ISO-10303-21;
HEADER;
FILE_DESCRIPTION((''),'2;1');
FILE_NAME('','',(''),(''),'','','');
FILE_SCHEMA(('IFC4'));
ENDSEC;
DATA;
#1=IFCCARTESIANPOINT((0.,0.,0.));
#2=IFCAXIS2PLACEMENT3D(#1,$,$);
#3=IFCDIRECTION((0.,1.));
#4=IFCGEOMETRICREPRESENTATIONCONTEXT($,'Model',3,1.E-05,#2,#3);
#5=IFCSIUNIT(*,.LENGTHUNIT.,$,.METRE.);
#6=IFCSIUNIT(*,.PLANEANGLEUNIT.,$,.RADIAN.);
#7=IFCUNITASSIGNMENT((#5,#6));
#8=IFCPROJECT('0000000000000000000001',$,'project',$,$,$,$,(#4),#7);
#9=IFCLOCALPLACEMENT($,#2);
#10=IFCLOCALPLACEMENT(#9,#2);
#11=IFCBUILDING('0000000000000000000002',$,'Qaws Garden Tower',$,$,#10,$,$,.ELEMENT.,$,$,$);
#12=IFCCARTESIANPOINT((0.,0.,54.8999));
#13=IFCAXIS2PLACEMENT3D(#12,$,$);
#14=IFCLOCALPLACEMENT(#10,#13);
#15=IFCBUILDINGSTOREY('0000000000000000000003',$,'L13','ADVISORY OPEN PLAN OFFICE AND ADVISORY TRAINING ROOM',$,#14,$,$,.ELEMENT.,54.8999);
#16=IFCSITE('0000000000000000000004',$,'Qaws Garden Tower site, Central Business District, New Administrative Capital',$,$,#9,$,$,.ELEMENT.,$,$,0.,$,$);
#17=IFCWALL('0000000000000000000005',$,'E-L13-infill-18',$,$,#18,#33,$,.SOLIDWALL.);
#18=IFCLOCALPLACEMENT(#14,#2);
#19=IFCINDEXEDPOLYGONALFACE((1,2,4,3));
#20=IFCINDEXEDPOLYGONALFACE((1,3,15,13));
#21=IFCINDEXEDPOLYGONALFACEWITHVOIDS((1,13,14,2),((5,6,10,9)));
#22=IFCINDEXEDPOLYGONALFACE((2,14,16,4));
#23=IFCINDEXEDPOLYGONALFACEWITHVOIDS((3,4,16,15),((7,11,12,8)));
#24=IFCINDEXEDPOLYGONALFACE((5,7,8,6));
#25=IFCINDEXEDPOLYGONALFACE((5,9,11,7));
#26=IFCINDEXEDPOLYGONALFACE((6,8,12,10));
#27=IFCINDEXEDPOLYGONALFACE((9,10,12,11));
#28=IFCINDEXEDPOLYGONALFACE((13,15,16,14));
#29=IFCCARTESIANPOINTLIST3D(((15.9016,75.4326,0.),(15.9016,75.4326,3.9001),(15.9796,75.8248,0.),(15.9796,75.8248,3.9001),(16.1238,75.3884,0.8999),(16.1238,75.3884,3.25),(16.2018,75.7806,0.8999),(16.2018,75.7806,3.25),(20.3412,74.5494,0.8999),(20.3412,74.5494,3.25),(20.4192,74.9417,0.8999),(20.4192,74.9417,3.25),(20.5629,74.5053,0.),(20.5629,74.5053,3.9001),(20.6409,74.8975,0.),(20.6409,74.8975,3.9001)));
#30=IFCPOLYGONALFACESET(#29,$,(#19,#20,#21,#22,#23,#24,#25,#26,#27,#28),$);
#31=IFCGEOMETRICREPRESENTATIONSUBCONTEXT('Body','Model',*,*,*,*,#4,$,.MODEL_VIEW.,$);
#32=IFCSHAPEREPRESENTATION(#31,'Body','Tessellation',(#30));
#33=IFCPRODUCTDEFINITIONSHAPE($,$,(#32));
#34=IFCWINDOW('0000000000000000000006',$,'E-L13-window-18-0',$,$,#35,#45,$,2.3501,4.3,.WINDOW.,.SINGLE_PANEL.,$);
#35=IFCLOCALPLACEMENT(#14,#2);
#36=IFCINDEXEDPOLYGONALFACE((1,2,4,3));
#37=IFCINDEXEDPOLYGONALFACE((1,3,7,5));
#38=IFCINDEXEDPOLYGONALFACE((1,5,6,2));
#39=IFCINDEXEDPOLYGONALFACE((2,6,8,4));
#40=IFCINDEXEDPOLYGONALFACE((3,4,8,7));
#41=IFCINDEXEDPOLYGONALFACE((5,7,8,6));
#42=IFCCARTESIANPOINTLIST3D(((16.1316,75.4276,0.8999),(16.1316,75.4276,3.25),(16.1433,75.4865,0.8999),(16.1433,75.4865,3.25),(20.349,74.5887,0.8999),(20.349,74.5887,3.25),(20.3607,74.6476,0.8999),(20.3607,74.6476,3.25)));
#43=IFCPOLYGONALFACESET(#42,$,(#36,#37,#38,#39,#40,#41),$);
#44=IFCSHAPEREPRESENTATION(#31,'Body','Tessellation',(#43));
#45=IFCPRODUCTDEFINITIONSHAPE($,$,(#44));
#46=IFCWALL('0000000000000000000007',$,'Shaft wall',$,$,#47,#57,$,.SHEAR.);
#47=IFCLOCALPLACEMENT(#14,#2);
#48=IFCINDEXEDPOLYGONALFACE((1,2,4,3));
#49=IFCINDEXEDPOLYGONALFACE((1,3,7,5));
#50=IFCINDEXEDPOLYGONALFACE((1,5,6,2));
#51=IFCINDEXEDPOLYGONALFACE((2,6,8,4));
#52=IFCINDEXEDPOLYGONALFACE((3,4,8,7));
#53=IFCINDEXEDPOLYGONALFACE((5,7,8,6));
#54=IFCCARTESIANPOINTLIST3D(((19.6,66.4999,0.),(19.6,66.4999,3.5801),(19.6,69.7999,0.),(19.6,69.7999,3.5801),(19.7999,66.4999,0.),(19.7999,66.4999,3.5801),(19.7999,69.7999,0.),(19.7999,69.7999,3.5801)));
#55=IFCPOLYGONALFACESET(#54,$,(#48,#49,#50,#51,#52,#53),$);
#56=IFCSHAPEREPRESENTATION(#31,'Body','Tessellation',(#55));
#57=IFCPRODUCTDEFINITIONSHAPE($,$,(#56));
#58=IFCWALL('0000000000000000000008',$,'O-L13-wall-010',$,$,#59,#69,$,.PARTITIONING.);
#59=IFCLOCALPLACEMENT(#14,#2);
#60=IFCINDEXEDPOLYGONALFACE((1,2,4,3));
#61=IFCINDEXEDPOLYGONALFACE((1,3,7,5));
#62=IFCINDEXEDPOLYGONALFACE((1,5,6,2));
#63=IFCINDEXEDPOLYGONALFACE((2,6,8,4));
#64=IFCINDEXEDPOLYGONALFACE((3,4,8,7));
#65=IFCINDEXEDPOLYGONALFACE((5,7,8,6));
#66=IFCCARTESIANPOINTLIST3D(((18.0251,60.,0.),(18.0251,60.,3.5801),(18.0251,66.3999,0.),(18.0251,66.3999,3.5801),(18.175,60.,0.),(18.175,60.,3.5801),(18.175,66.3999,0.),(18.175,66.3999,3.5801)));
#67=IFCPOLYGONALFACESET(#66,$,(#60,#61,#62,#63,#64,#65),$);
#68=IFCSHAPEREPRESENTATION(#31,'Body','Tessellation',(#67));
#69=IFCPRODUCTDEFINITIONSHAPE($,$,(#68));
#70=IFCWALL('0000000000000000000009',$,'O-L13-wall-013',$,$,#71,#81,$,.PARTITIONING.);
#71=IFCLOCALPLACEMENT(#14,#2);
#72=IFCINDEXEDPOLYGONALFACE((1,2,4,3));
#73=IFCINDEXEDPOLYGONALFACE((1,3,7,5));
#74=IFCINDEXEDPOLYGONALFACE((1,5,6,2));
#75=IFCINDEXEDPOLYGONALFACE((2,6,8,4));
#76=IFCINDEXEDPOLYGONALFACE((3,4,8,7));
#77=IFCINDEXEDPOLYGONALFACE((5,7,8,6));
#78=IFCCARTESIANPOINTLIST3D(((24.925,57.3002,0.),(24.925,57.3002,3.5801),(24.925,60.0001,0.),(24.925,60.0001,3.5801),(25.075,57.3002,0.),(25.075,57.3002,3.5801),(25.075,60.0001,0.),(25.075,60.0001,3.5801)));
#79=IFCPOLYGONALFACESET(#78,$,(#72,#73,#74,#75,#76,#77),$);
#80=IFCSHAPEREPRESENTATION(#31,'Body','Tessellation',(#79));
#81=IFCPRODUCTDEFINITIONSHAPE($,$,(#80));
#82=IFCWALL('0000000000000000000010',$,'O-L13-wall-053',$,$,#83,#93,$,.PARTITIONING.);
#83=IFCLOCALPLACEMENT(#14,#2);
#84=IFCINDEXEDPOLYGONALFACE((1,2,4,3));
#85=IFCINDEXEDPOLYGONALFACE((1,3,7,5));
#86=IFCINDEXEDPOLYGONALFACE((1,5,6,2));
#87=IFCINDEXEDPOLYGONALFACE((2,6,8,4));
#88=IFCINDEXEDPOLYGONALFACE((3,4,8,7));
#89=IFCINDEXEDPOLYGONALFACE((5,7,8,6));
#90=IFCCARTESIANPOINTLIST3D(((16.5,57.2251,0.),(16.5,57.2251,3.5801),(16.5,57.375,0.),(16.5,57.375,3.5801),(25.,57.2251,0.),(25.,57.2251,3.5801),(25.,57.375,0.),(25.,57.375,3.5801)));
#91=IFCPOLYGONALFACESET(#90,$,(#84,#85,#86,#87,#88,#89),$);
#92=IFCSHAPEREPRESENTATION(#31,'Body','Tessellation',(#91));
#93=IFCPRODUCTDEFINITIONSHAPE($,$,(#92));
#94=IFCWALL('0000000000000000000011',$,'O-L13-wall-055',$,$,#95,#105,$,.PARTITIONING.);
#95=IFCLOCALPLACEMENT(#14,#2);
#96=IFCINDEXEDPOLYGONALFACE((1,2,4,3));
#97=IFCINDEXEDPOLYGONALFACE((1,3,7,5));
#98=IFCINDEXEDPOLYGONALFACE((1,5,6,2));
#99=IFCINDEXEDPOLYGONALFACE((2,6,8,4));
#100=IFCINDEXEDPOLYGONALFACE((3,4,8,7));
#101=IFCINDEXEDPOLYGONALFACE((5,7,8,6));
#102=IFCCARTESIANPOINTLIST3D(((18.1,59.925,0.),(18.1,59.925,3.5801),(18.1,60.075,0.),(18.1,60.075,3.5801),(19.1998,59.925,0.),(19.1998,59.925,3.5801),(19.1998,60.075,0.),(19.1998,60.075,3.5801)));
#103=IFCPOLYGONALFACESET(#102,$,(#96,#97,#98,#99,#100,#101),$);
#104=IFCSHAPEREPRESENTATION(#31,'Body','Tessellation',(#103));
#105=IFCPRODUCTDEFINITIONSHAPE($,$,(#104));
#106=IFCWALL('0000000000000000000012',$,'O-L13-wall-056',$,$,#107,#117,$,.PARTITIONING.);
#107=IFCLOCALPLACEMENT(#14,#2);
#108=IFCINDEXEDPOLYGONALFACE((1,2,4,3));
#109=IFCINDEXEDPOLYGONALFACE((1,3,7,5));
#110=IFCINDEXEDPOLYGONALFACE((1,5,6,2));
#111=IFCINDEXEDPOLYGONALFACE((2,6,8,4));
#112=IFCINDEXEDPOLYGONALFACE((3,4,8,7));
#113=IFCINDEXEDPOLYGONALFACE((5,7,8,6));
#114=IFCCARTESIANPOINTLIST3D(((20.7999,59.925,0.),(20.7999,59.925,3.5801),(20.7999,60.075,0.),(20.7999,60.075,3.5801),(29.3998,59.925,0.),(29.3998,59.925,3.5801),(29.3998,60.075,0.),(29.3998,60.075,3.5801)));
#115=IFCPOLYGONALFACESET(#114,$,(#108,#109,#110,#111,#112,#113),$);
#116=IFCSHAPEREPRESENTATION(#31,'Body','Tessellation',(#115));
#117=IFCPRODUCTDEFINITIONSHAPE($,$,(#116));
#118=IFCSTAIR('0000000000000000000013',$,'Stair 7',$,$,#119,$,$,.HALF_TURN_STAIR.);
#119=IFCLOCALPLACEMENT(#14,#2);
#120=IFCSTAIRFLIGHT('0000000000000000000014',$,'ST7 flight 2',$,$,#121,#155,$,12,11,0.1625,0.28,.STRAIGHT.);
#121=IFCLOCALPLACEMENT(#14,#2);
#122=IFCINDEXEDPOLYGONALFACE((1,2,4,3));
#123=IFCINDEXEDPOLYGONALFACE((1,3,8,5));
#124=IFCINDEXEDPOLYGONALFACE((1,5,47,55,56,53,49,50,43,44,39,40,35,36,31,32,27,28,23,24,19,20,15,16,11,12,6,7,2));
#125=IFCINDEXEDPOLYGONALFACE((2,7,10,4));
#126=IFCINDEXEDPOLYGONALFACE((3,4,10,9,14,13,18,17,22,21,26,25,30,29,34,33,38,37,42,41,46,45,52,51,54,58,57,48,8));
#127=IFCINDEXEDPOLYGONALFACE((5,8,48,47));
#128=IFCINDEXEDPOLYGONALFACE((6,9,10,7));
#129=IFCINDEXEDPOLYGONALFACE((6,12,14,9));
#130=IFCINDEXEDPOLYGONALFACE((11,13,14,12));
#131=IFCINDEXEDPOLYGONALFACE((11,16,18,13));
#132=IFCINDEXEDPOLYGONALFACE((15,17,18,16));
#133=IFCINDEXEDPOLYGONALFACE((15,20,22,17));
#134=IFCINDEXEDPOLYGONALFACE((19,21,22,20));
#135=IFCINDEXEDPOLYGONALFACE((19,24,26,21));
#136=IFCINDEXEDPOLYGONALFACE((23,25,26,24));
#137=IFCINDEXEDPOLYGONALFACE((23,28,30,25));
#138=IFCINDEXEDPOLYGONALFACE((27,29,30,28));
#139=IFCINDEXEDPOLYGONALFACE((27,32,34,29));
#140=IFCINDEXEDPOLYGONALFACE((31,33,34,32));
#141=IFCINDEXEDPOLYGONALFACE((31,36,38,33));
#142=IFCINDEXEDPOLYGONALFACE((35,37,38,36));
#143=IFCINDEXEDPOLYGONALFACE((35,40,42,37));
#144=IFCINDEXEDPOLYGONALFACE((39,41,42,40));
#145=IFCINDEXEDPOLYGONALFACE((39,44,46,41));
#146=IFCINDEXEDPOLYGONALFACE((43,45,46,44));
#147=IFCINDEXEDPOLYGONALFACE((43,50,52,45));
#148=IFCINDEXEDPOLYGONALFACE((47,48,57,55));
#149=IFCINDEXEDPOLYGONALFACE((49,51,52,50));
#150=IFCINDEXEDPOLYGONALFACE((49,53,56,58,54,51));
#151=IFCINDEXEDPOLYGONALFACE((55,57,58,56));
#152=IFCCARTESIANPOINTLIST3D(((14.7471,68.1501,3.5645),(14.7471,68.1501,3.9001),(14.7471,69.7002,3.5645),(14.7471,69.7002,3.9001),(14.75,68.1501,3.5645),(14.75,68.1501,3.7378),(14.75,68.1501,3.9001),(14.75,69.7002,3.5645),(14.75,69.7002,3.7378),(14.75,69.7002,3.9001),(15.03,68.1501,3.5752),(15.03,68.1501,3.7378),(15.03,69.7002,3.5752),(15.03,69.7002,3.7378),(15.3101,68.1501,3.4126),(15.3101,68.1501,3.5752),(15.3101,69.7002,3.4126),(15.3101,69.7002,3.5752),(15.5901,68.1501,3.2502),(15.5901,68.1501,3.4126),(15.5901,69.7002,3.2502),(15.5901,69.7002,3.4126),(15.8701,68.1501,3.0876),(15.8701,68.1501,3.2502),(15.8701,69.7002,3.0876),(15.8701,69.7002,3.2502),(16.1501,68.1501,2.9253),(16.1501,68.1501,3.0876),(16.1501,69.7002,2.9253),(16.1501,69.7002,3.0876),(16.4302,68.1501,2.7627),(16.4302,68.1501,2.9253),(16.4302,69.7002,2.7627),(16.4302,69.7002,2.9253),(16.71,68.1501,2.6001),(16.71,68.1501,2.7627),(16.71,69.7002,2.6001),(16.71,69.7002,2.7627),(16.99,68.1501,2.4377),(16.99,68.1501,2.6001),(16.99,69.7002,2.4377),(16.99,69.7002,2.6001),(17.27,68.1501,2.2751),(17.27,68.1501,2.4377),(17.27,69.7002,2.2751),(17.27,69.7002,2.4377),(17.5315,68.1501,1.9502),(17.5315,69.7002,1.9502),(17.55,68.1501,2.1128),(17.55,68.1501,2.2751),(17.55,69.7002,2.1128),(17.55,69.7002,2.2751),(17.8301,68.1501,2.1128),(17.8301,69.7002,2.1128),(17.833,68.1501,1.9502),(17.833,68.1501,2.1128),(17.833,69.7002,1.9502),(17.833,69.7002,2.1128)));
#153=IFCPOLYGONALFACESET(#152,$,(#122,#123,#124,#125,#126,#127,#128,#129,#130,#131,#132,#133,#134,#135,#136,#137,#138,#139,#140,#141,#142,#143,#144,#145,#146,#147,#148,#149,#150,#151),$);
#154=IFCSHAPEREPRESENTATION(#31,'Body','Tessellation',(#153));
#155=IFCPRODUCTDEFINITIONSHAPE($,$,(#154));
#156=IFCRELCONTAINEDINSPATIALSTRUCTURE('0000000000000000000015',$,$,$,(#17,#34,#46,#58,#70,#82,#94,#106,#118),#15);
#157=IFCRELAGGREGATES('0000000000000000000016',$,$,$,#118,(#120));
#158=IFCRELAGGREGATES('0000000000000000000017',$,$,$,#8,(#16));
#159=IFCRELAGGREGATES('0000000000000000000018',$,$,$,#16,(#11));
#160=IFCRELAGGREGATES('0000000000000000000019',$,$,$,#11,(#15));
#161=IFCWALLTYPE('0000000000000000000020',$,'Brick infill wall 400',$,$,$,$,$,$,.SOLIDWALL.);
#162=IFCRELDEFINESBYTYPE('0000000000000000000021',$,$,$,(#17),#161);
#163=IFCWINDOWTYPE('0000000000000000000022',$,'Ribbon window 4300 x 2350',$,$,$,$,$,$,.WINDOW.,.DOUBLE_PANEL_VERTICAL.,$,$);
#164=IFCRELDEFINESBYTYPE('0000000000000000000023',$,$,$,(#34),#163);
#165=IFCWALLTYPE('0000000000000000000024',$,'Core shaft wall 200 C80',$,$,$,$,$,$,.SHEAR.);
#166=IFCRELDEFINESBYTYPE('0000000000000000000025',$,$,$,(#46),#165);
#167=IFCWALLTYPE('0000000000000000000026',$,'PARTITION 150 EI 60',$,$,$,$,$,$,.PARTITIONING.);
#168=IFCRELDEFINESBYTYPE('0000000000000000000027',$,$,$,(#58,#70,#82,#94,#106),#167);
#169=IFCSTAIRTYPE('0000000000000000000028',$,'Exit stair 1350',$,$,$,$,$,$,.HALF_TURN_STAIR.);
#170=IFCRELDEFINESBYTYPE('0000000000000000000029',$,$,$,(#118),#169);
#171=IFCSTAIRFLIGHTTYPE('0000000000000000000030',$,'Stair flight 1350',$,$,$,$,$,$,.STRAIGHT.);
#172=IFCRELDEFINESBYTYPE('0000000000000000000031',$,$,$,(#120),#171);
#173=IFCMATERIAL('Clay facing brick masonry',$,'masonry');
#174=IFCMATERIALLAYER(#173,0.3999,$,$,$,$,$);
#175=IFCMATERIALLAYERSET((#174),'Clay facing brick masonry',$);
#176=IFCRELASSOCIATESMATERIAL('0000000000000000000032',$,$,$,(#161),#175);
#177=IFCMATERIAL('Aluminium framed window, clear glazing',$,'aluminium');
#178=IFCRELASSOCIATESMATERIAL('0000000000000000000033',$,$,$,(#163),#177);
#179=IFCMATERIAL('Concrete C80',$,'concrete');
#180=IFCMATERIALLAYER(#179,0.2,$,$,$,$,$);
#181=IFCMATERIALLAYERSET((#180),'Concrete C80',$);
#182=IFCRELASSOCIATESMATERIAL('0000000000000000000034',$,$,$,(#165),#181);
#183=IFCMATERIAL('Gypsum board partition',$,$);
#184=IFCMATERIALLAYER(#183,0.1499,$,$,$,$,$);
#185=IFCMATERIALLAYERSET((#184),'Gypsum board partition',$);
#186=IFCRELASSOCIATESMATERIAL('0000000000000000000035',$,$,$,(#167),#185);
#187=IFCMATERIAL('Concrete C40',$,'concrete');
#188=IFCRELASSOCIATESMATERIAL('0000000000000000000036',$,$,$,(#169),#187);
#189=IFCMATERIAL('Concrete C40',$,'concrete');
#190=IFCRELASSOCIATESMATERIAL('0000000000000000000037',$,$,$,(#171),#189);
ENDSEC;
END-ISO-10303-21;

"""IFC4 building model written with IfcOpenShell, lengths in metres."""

from ifc_helpers import new_model, si_unit, direction, frame, frame_2d, origin, place, context, subcontext, project, spatial, polyline, rectangle, outline, extrude, material, layer, layer_set, type_object, element, fill, aggregate, save


model = new_model("IFC4")

# Units and contexts
model_context = context("Model", 3, precision=1e-05, world=origin(), true_north=direction((0.0, 1.0)))
body_context = subcontext(model_context, "Body", "Model", "MODEL_VIEW")
ifc_project = project(units=[si_unit("LENGTHUNIT", "METRE"), si_unit("PLANEANGLEUNIT", "RADIAN")], contexts=[model_context])

# Site, building, storey
site_placement = place(None, origin())
site = spatial("IfcSite", under=ifc_project, at=site_placement, Name="Qaws Garden Tower site, Central Business District, New Administrative Capital", CompositionType="ELEMENT", RefElevation=0.0)
building_placement = place(site_placement, origin())
building = spatial("IfcBuilding", under=site, at=building_placement, Name="Qaws Garden Tower", CompositionType="ELEMENT")
storey_placement = place(building_placement, frame((0.0, 0.0, 54.8999)))
storey = spatial("IfcBuildingStorey", under=building, at=storey_placement, Name="L13", Description="ADVISORY OPEN PLAN OFFICE AND ADVISORY TRAINING ROOM", CompositionType="ELEMENT", Elevation=54.8999)

# Wall, opening, window
ifc_material_1 = material(Name="Clay facing brick masonry", Category="masonry")
ifc_layer_1 = layer(ifc_material_1, 0.3999)
ifc_layer_set_1 = layer_set([ifc_layer_1], Name="Clay facing brick masonry")
wall_type_1 = type_object("IfcWallType", Name="Brick infill wall 400", PredefinedType="SOLIDWALL", material=ifc_layer_set_1)
ifc_material_2 = material(Name="Aluminium framed window, clear glazing", Category="aluminium")
window_type = type_object("IfcWindowType", Name="Ribbon window 4300 x 2350", PartitioningType="DOUBLE_PANEL_VERTICAL", PredefinedType="WINDOW", material=ifc_material_2)
wall_1_placement = place(storey_placement, frame((20.6021, 74.7014, 0.0), z_axis=(0.0, 0.0, 1.0), x_axis=(-0.980784, 0.195099, 0.0)))
wall_1 = element("IfcWall", 1, at=wall_1_placement, inside=storey, type_object=wall_type_1, Name="E-L13-infill-18", PredefinedType="SOLIDWALL", context=body_context, shape_type="SweptSolid", body=[
    extrude(rectangle(XDim=4.7527, YDim=0.3999, at=frame_2d((2.3765, 0.0))), origin(), (0.0, 0.0, 1.0), 3.9001),
])
opening_1_placement = place(wall_1_placement, frame((0.2263, 0.0, 0.8999)))
opening_1 = element("IfcOpeningElement", 2, at=opening_1_placement, cuts=wall_1, PredefinedType="OPENING", context=body_context, shape_type="SweptSolid", body=[
    extrude(rectangle(XDim=4.3, YDim=2.3501, at=frame_2d((2.1499, 1.175))), frame((0.0, 0.21, 0.0), z_axis=(0.0, -1.0, 0.0), x_axis=(1.0, 0.0, 0.0)), (0.0, 0.0, 1.0), 0.4199),
])
window_1_placement = place(opening_1_placement, origin())
window_1 = element("IfcWindow", 3, at=window_1_placement, inside=storey, type_object=window_type, Name="E-L13-window-18-0", OverallHeight=2.3501, OverallWidth=4.3, PartitioningType="SINGLE_PANEL", PredefinedType="WINDOW", context=body_context, shape_type="SweptSolid", body=[
    extrude(rectangle(XDim=4.3, YDim=2.3501, at=frame_2d((2.1499, 1.175))), frame((0.0, 0.1599, 0.0), z_axis=(0.0, -1.0, 0.0), x_axis=(1.0, 0.0, 0.0)), (0.0, 0.0, 1.0), 0.0601),
])
fill(opening_1, window_1)

# Walls
ifc_material_3 = material(Name="Concrete C80", Category="concrete")
ifc_layer_2 = layer(ifc_material_3, 0.2)
ifc_layer_set_2 = layer_set([ifc_layer_2], Name="Concrete C80")
wall_type_2 = type_object("IfcWallType", Name="Core shaft wall 200 C80", PredefinedType="SHEAR", material=ifc_layer_set_2)
wall_2_placement = place(storey_placement, frame((19.7, 66.5, 0.0), z_axis=(0.0, 0.0, 1.0), x_axis=(0.0, 1.0, 0.0)))
element("IfcWall", 4, at=wall_2_placement, inside=storey, type_object=wall_type_2, Name="Shaft wall", PredefinedType="SHEAR", context=body_context, shape_type="SweptSolid", body=[
    extrude(rectangle(XDim=3.3, YDim=0.2, at=frame_2d((1.6499, 0.0))), origin(), (0.0, 0.0, 1.0), 3.5801),
])
ifc_material_4 = material(Name="Gypsum board partition")
ifc_layer_3 = layer(ifc_material_4, 0.1499)
ifc_layer_set_3 = layer_set([ifc_layer_3], Name="Gypsum board partition")
wall_type_3 = type_object("IfcWallType", Name="PARTITION 150 EI 60", PredefinedType="PARTITIONING", material=ifc_layer_set_3)
wall_3_placement = place(storey_placement, frame((18.1001, 60.0, 0.0), z_axis=(0.0, 0.0, 1.0), x_axis=(0.0, 1.0, 0.0)))
element("IfcWall", 5, at=wall_3_placement, inside=storey, type_object=wall_type_3, Name="O-L13-wall-010", PredefinedType="PARTITIONING", context=body_context, shape_type="SweptSolid", body=[
    extrude(rectangle(XDim=6.3999, YDim=0.1499, at=frame_2d((3.2, 0.0))), origin(), (0.0, 0.0, 1.0), 3.5801),
])
wall_4_placement = place(storey_placement, frame((25.0, 57.3, 0.0), z_axis=(0.0, 0.0, 1.0), x_axis=(0.0, 1.0, 0.0)))
element("IfcWall", 6, at=wall_4_placement, inside=storey, type_object=wall_type_3, Name="O-L13-wall-013", PredefinedType="PARTITIONING", context=body_context, shape_type="SweptSolid", body=[
    extrude(rectangle(XDim=2.7, YDim=0.1499, at=frame_2d((1.3501, 0.0))), origin(), (0.0, 0.0, 1.0), 3.5801),
])
wall_5_placement = place(storey_placement, frame((16.5, 57.3, 0.0), z_axis=(0.0, 0.0, 1.0), x_axis=(1.0, 0.0, 0.0)))
element("IfcWall", 7, at=wall_5_placement, inside=storey, type_object=wall_type_3, Name="O-L13-wall-053", PredefinedType="PARTITIONING", context=body_context, shape_type="SweptSolid", body=[
    extrude(rectangle(XDim=8.5, YDim=0.1499, at=frame_2d((4.25, 0.0))), origin(), (0.0, 0.0, 1.0), 3.5801),
])
wall_6_placement = place(storey_placement, frame((18.1001, 60.0, 0.0), z_axis=(0.0, 0.0, 1.0), x_axis=(1.0, 0.0, 0.0)))
element("IfcWall", 8, at=wall_6_placement, inside=storey, type_object=wall_type_3, Name="O-L13-wall-055", PredefinedType="PARTITIONING", context=body_context, shape_type="SweptSolid", body=[
    extrude(rectangle(XDim=1.0999, YDim=0.1499, at=frame_2d((0.5498, 0.0))), origin(), (0.0, 0.0, 1.0), 3.5801),
])
wall_7_placement = place(storey_placement, frame((20.8, 60.0, 0.0), z_axis=(0.0, 0.0, 1.0), x_axis=(1.0, 0.0, 0.0)))
element("IfcWall", 9, at=wall_7_placement, inside=storey, type_object=wall_type_3, Name="O-L13-wall-056", PredefinedType="PARTITIONING", context=body_context, shape_type="SweptSolid", body=[
    extrude(rectangle(XDim=8.5999, YDim=0.1499, at=frame_2d((4.2998, 0.0))), origin(), (0.0, 0.0, 1.0), 3.5801),
])

# Stair, stair flight
ifc_material_5 = material(Name="Concrete C40", Category="concrete")
stair_type = type_object("IfcStairType", Name="Exit stair 1350", PredefinedType="HALF_TURN_STAIR", material=ifc_material_5)
stair_placement = place(storey_placement, origin())
stair = element("IfcStair", 10, at=stair_placement, inside=storey, type_object=stair_type, Name="Stair 7", PredefinedType="HALF_TURN_STAIR")
ifc_material_6 = material(Name="Concrete C40", Category="concrete")
stair_flight_type = type_object("IfcStairFlightType", Name="Stair flight 1350", PredefinedType="STRAIGHT", material=ifc_material_6)
stair_flight_placement = place(storey_placement, frame((17.8301, 68.925, 1.9502), z_axis=(0.0, 0.0, 1.0), x_axis=(-1.0, 0.0, 0.0)))
stair_flight = element("IfcStairFlight", 11, at=stair_flight_placement, type_object=stair_flight_type, Name="ST7 flight 2", NumberOfRisers=12, NumberOfTreads=11, PredefinedType="STRAIGHT", RiserHeight=0.1625, TreadLength=0.28, context=body_context, shape_type="SweptSolid", body=[
    extrude(outline(polyline([(-0.0029, 0.0), (-0.0029, 0.1626), (0.0, 0.1626), (0.28, 0.1626), (0.28, 0.325), (0.5601, 0.325), (0.5601, 0.4875), (0.8401, 0.4875), (0.8401, 0.6499), (1.1201, 0.6499), (1.1201, 0.8125), (1.3999, 0.8125), (1.3999, 0.9751), (1.6799, 0.9751), (1.6799, 1.1375), (1.96, 1.1375), (1.96, 1.3), (2.24, 1.3), (2.24, 1.4624), (2.52, 1.4624), (2.52, 1.625), (2.8, 1.625), (2.8, 1.7876), (3.0801, 1.7876), (3.0801, 1.95), (3.083, 1.95), (3.083, 1.6143), (3.0801, 1.6143), (0.2986, 0.0), (-0.0029, 0.0)])), frame((0.0, 0.7749, 0.0), z_axis=(0.0, -1.0, 0.0), x_axis=(1.0, 0.0, 0.0)), (0.0, 0.0, 1.0), 1.55),
])
aggregate(stair, [stair_flight])

save(model, "model.ifc")
